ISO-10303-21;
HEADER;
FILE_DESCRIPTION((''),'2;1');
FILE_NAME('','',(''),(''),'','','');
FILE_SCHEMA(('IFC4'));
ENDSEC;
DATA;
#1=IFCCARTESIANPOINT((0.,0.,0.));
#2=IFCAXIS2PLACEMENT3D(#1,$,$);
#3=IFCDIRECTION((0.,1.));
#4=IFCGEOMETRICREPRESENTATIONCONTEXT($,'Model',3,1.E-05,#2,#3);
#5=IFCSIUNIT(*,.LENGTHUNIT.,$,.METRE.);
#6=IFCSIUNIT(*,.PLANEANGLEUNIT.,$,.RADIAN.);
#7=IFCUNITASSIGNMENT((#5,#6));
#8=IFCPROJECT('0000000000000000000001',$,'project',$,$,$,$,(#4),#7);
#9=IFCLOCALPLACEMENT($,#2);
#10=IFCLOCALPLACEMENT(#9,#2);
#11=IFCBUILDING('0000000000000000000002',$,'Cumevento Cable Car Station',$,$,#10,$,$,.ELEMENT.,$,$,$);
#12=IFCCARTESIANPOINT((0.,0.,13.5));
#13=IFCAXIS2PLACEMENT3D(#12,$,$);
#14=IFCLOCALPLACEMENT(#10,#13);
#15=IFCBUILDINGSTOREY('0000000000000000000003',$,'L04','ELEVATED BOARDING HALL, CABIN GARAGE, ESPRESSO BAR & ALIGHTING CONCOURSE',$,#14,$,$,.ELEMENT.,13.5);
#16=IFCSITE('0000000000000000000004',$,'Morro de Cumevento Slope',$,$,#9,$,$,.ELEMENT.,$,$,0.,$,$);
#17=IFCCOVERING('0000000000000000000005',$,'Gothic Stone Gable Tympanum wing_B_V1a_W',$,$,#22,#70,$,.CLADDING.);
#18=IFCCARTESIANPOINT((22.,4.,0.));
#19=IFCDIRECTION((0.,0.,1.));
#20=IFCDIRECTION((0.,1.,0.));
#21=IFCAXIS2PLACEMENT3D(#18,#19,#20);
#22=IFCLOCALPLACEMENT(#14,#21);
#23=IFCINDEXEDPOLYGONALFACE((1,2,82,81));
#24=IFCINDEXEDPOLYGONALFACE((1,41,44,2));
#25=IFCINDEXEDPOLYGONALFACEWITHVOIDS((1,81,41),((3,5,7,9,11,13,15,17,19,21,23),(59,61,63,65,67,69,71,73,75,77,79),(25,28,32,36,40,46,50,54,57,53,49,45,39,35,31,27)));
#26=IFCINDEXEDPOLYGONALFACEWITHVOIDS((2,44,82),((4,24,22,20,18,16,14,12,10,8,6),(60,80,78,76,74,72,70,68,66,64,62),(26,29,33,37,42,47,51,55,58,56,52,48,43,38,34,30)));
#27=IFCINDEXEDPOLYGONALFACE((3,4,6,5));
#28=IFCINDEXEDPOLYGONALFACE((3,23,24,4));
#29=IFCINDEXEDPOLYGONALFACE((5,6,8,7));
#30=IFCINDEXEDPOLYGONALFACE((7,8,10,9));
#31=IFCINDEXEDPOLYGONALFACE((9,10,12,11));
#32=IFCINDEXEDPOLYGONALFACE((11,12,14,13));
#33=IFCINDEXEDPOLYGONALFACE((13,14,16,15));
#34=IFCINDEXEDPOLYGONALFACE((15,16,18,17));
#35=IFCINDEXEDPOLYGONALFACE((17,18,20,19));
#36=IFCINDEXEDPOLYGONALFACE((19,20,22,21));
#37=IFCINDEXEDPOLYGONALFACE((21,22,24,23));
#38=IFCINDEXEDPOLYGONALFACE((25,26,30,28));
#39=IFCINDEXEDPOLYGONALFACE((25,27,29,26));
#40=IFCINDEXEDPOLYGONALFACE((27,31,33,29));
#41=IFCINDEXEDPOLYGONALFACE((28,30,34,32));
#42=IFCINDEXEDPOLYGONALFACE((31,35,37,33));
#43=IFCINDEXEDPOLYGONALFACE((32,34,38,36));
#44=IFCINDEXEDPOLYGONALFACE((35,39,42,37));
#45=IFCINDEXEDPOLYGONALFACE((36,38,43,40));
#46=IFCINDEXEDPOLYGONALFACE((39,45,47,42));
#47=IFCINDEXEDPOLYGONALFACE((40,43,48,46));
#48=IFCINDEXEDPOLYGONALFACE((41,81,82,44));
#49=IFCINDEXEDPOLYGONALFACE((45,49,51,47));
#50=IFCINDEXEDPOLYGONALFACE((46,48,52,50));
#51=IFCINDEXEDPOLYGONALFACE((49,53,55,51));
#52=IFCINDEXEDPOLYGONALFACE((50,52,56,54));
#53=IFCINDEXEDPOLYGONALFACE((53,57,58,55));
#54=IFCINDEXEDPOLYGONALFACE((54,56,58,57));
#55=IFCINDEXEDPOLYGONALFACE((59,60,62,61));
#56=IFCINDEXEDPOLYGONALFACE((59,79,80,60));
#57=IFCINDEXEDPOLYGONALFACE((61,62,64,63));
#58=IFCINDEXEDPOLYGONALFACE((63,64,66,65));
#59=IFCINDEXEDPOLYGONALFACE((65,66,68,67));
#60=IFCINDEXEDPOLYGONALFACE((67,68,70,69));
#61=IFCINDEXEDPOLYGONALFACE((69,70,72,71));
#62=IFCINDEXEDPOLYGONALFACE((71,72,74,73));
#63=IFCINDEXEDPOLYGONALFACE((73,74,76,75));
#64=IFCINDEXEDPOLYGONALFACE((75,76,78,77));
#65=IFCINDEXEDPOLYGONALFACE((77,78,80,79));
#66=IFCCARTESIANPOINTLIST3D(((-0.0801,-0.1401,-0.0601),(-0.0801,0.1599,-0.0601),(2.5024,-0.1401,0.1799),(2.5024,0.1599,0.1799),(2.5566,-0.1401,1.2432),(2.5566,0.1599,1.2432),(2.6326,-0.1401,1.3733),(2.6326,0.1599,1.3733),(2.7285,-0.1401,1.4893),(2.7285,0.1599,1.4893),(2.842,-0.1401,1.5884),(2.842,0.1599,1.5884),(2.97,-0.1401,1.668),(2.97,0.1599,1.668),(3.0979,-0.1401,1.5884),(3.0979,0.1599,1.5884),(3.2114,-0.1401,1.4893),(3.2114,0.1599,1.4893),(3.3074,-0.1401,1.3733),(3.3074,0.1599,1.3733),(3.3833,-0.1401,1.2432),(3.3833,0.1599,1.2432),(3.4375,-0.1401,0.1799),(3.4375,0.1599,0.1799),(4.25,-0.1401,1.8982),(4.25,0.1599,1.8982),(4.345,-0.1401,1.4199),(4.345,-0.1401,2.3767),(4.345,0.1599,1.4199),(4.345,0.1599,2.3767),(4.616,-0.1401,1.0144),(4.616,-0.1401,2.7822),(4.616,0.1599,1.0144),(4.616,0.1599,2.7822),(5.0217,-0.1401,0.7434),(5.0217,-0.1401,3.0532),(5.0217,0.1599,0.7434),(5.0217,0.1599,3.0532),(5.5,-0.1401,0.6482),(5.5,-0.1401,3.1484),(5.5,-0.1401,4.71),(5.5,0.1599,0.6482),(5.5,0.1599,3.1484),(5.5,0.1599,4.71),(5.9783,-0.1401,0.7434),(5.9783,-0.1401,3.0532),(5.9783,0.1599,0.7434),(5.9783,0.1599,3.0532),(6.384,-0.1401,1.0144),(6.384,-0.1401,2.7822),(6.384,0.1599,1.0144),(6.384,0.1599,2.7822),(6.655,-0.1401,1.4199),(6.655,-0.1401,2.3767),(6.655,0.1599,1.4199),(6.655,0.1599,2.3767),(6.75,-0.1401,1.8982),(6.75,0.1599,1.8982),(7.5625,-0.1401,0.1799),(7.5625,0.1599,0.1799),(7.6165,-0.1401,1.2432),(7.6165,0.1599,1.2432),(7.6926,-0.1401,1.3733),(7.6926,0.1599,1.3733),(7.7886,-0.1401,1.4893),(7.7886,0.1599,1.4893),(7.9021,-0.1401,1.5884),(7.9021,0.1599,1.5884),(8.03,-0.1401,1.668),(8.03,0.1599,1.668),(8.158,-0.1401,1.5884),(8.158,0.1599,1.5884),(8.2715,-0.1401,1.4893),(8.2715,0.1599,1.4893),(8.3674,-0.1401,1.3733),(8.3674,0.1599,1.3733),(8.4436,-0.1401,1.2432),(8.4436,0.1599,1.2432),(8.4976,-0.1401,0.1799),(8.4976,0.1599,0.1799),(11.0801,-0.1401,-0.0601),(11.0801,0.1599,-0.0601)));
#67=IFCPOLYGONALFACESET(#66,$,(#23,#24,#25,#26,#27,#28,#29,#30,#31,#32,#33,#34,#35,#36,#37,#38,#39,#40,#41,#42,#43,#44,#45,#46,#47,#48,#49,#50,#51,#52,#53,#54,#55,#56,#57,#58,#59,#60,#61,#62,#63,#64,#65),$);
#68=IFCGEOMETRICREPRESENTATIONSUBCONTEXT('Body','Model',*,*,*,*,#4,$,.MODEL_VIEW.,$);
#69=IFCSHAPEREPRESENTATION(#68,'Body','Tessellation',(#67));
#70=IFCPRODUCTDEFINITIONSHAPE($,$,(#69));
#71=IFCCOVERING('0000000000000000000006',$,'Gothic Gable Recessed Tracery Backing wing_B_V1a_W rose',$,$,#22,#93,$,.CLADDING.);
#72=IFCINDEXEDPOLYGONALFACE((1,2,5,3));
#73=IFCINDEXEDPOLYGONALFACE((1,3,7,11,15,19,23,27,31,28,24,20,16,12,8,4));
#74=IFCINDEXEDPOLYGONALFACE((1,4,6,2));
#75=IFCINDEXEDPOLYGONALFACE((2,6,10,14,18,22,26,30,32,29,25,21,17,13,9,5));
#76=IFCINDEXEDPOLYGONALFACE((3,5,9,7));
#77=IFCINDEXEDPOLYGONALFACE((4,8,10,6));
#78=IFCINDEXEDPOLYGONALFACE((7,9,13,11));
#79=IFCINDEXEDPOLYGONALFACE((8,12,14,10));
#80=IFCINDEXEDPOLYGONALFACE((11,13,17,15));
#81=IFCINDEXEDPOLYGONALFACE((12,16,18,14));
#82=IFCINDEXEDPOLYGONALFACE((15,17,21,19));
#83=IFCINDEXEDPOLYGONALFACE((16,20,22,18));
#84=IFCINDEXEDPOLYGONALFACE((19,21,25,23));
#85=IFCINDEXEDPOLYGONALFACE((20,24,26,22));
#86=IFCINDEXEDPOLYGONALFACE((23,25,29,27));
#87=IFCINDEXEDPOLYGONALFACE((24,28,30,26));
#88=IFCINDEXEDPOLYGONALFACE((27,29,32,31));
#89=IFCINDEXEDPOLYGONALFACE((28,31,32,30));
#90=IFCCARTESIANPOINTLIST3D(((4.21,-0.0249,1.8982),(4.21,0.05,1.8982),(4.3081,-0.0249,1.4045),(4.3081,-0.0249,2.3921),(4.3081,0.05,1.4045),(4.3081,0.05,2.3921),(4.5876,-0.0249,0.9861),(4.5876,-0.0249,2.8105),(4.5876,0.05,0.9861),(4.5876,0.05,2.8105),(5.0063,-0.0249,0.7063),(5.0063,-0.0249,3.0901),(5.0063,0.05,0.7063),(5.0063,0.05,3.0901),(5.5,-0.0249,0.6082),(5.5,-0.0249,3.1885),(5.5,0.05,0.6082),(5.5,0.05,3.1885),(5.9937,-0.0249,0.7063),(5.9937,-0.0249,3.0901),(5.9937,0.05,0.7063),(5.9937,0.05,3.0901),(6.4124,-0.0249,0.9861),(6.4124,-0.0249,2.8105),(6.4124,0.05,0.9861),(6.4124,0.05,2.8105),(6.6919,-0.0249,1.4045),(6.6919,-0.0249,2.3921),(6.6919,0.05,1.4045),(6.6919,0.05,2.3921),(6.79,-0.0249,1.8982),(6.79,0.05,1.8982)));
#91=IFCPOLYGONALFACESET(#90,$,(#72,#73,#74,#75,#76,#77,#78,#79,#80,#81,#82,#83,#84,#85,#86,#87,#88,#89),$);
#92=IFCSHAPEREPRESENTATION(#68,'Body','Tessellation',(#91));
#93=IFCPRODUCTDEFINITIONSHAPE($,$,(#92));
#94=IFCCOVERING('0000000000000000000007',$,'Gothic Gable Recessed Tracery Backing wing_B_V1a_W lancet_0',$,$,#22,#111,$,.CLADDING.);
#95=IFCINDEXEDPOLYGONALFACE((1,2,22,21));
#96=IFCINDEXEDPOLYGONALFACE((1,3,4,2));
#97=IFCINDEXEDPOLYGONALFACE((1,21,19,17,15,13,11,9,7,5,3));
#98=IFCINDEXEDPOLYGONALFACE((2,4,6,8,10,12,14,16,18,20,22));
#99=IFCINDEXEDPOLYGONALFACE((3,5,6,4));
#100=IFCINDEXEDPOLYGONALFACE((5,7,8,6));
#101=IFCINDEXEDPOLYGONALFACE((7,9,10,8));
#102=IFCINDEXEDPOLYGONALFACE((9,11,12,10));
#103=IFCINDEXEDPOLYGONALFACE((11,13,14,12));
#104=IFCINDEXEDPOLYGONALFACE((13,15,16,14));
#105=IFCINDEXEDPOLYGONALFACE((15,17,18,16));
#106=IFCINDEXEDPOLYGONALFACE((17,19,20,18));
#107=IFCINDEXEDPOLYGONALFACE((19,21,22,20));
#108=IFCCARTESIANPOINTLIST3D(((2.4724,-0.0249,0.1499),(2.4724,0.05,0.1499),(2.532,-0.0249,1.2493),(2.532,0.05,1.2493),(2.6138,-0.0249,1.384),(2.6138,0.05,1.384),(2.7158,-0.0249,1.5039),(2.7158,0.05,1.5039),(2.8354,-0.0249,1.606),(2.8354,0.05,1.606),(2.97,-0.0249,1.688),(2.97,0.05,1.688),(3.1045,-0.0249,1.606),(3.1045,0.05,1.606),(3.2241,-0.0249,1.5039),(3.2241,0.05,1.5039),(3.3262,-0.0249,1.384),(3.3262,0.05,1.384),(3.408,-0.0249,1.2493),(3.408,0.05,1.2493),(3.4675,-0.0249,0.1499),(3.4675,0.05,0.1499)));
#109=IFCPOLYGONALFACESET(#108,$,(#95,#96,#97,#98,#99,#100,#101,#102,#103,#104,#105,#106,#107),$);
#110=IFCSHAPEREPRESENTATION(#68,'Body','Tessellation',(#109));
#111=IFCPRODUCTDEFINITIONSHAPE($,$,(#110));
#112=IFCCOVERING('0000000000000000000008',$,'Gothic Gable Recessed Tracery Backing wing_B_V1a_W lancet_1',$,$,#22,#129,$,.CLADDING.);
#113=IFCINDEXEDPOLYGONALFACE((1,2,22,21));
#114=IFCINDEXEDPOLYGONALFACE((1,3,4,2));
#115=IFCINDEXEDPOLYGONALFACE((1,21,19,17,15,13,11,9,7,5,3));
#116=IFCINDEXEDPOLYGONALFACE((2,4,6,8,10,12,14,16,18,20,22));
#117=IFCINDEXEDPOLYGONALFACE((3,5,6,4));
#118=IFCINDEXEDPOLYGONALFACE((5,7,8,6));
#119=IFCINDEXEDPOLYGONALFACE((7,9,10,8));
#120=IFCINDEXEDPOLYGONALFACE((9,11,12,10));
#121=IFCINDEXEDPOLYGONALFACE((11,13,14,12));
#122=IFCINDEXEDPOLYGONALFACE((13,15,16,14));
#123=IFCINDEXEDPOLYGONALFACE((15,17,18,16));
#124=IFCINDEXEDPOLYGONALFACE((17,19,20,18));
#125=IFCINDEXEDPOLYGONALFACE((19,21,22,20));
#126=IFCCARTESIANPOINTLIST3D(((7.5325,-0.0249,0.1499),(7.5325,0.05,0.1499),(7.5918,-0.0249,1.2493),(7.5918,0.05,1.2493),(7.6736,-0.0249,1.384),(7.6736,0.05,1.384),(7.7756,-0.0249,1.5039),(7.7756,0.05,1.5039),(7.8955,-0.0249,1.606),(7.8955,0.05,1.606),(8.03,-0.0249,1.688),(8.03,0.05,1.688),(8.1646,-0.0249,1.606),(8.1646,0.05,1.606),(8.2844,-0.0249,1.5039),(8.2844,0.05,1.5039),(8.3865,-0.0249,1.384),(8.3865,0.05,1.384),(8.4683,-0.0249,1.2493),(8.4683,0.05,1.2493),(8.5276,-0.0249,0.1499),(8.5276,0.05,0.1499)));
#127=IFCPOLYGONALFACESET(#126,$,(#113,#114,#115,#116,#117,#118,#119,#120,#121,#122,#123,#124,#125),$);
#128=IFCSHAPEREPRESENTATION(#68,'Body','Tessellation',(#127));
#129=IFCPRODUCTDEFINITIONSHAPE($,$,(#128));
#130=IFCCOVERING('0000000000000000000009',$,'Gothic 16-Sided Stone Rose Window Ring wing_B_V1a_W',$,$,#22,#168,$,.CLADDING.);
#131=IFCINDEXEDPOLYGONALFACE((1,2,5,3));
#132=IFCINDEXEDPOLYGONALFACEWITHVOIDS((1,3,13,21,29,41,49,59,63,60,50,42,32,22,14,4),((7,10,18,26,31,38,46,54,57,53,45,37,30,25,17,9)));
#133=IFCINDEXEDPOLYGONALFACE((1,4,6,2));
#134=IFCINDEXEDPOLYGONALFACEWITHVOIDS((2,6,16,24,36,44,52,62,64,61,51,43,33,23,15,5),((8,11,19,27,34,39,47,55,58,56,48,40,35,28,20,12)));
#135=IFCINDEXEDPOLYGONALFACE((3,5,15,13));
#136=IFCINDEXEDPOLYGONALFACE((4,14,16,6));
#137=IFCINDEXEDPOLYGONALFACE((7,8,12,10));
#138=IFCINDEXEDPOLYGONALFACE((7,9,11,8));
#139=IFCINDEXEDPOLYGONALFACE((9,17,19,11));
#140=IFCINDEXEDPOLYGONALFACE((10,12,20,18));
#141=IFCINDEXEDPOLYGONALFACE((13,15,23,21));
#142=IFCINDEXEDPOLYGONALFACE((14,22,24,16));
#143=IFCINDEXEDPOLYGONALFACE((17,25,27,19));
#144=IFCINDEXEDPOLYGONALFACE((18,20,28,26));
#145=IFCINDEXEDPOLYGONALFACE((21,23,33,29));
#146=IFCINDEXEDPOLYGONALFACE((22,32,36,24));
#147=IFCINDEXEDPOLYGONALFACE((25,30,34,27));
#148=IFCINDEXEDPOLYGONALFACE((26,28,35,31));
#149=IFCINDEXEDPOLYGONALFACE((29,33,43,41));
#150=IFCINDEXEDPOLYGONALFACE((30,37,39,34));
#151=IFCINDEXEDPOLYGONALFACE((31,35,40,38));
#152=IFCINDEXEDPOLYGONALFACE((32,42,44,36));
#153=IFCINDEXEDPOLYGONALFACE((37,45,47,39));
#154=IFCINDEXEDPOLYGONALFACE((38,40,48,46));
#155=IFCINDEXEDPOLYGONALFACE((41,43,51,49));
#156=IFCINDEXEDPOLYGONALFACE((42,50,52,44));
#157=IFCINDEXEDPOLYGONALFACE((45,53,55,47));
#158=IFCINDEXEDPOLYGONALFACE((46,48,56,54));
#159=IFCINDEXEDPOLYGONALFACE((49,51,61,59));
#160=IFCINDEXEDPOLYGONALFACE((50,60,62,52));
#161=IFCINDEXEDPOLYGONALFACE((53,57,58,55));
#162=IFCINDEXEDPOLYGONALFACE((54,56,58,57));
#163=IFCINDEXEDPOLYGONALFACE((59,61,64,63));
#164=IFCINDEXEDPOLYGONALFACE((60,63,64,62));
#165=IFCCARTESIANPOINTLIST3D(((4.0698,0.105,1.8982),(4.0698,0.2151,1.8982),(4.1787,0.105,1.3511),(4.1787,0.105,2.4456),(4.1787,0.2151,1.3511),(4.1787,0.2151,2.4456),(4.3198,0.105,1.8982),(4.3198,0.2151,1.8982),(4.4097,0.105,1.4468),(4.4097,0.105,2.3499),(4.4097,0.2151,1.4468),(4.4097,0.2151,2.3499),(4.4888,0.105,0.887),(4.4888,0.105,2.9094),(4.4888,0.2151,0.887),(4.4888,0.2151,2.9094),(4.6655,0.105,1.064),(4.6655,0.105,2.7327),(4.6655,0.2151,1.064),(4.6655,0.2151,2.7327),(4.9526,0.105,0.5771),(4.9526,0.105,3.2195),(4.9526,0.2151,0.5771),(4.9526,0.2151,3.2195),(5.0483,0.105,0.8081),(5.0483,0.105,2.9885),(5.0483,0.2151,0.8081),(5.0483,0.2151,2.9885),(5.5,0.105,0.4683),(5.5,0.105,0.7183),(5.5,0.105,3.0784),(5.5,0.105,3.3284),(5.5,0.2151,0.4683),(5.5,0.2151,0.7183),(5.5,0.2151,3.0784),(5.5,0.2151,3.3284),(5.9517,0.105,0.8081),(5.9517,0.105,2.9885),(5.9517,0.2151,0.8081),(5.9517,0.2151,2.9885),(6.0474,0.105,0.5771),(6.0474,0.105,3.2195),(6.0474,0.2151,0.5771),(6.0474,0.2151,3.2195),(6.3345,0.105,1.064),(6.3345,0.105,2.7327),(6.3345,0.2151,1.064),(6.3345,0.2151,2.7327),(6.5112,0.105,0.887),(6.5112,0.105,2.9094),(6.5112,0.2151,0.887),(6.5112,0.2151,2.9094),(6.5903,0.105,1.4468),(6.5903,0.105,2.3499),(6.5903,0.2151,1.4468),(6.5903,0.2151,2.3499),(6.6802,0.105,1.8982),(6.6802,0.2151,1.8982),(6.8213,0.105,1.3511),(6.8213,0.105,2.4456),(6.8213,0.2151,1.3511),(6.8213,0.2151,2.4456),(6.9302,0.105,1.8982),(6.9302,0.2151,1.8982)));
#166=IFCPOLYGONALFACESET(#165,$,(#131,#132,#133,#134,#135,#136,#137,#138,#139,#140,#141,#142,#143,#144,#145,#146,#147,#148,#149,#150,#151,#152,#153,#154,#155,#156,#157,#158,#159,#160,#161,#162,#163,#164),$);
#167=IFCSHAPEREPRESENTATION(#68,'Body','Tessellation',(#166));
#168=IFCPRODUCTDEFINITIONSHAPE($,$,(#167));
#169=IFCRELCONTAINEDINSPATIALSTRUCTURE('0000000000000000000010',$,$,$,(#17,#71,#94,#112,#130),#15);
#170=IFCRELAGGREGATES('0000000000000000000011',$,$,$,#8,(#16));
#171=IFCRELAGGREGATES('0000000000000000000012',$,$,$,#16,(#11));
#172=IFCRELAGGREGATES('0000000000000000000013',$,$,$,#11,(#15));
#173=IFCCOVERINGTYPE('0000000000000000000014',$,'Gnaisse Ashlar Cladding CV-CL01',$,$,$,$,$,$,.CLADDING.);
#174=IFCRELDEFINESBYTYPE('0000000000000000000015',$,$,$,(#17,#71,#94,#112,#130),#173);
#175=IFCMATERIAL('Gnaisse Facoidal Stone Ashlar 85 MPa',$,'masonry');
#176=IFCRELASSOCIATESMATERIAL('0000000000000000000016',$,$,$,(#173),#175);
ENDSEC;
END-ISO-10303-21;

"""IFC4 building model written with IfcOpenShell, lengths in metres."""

from ifc_helpers import new_model, si_unit, direction, frame, origin, place, context, subcontext, project, spatial, polyline, outline, extrude, material, type_object, element, save


model = new_model("IFC4")

# Units and contexts
model_context = context("Model", 3, precision=1e-05, world=origin(), true_north=direction((0.0, 1.0)))
body_context = subcontext(model_context, "Body", "Model", "MODEL_VIEW")
ifc_project = project(units=[si_unit("LENGTHUNIT", "METRE"), si_unit("PLANEANGLEUNIT", "RADIAN")], contexts=[model_context])

# Site, building, storey
site_placement = place(None, origin())
site = spatial("IfcSite", under=ifc_project, at=site_placement, Name="Morro de Cumevento Slope", CompositionType="ELEMENT", RefElevation=0.0)
building_placement = place(site_placement, origin())
building = spatial("IfcBuilding", under=site, at=building_placement, Name="Cumevento Cable Car Station", CompositionType="ELEMENT")
storey_placement = place(building_placement, frame((0.0, 0.0, 13.5)))
storey = spatial("IfcBuildingStorey", under=building, at=storey_placement, Name="L04", Description="ELEVATED BOARDING HALL, CABIN GARAGE, ESPRESSO BAR & ALIGHTING CONCOURSE", CompositionType="ELEMENT", Elevation=13.5)

# Coverings
ifc_material_1 = material(Name="Gnaisse Facoidal Stone Ashlar 85 MPa", Category="masonry")
covering_type = type_object("IfcCoveringType", Name="Gnaisse Ashlar Cladding CV-CL01", PredefinedType="CLADDING", material=ifc_material_1)
placement_1 = place(storey_placement, frame((22.0, 4.0, 0.0), z_axis=(0.0, 0.0, 1.0), x_axis=(0.0, 1.0, 0.0)))
element("IfcCovering", 1, at=placement_1, inside=storey, type_object=covering_type, Name="Gothic Stone Gable Tympanum wing_B_V1a_W", PredefinedType="CLADDING", context=body_context, shape_type="SweptSolid", body=[
    extrude(outline(polyline([(-0.0801, -0.0601), (11.0801, -0.0601), (5.5, 4.71), (-0.0801, -0.0601)]), holes=[polyline([(6.75, 1.8982), (6.655, 2.3767), (6.384, 2.7822), (5.9783, 3.0532), (5.5, 3.1484), (5.0217, 3.0532), (4.616, 2.7822), (4.345, 2.3767), (4.25, 1.8982), (4.345, 1.4199), (4.616, 1.0144), (5.0217, 0.7434), (5.5, 0.6482), (5.9783, 0.7434), (6.384, 1.0144), (6.655, 1.4199), (6.75, 1.8982)]), polyline([(2.5024, 0.1799), (3.4375, 0.1799), (3.3833, 1.2432), (3.3074, 1.3733), (3.2114, 1.4893), (3.0979, 1.5884), (2.97, 1.668), (2.842, 1.5884), (2.7285, 1.4893), (2.6326, 1.3733), (2.5566, 1.2432), (2.5024, 0.1799)]), polyline([(7.5625, 0.1799), (8.4976, 0.1799), (8.4436, 1.2432), (8.3674, 1.3733), (8.2715, 1.4893), (8.158, 1.5884), (8.03, 1.668), (7.9021, 1.5884), (7.7886, 1.4893), (7.6926, 1.3733), (7.6165, 1.2432), (7.5625, 0.1799)])]), frame((0.0, 0.1599, 0.0), z_axis=(0.0, -1.0, 0.0), x_axis=(1.0, 0.0, 0.0)), (0.0, 0.0, 1.0), 0.3),
])
element("IfcCovering", 2, at=placement_1, inside=storey, type_object=covering_type, Name="Gothic Gable Recessed Tracery Backing wing_B_V1a_W rose", PredefinedType="CLADDING", context=body_context, shape_type="SweptSolid", body=[
    extrude(outline(polyline([(6.79, 1.8982), (6.6919, 2.3921), (6.4124, 2.8105), (5.9937, 3.0901), (5.5, 3.1885), (5.0063, 3.0901), (4.5876, 2.8105), (4.3081, 2.3921), (4.21, 1.8982), (4.3081, 1.4045), (4.5876, 0.9861), (5.0063, 0.7063), (5.5, 0.6082), (5.9937, 0.7063), (6.4124, 0.9861), (6.6919, 1.4045), (6.79, 1.8982)])), frame((0.0, 0.05, 0.0), z_axis=(0.0, -1.0, 0.0), x_axis=(1.0, 0.0, 0.0)), (0.0, 0.0, 1.0), 0.075),
])
element("IfcCovering", 3, at=placement_1, inside=storey, type_object=covering_type, Name="Gothic Gable Recessed Tracery Backing wing_B_V1a_W lancet_0", PredefinedType="CLADDING", context=body_context, shape_type="SweptSolid", body=[
    extrude(outline(polyline([(2.4724, 0.1499), (3.4675, 0.1499), (3.408, 1.2493), (3.3262, 1.384), (3.2241, 1.5039), (3.1045, 1.606), (2.97, 1.688), (2.8354, 1.606), (2.7158, 1.5039), (2.6138, 1.384), (2.532, 1.2493), (2.4724, 0.1499)])), frame((0.0, 0.05, 0.0), z_axis=(0.0, -1.0, 0.0), x_axis=(1.0, 0.0, 0.0)), (0.0, 0.0, 1.0), 0.075),
])
element("IfcCovering", 4, at=placement_1, inside=storey, type_object=covering_type, Name="Gothic Gable Recessed Tracery Backing wing_B_V1a_W lancet_1", PredefinedType="CLADDING", context=body_context, shape_type="SweptSolid", body=[
    extrude(outline(polyline([(7.5325, 0.1499), (8.5276, 0.1499), (8.4683, 1.2493), (8.3865, 1.384), (8.2844, 1.5039), (8.1646, 1.606), (8.03, 1.688), (7.8955, 1.606), (7.7756, 1.5039), (7.6736, 1.384), (7.5918, 1.2493), (7.5325, 0.1499)])), frame((0.0, 0.05, 0.0), z_axis=(0.0, -1.0, 0.0), x_axis=(1.0, 0.0, 0.0)), (0.0, 0.0, 1.0), 0.075),
])
element("IfcCovering", 5, at=placement_1, inside=storey, type_object=covering_type, Name="Gothic 16-Sided Stone Rose Window Ring wing_B_V1a_W", PredefinedType="CLADDING", context=body_context, shape_type="SweptSolid", body=[
    extrude(outline(polyline([(6.9302, 1.8982), (6.8213, 2.4456), (6.5112, 2.9094), (6.0474, 3.2195), (5.5, 3.3284), (4.9526, 3.2195), (4.4888, 2.9094), (4.1787, 2.4456), (4.0698, 1.8982), (4.1787, 1.3511), (4.4888, 0.887), (4.9526, 0.5771), (5.5, 0.4683), (6.0474, 0.5771), (6.5112, 0.887), (6.8213, 1.3511), (6.9302, 1.8982)]), holes=[polyline([(6.6802, 1.8982), (6.5903, 2.3499), (6.3345, 2.7327), (5.9517, 2.9885), (5.5, 3.0784), (5.0483, 2.9885), (4.6655, 2.7327), (4.4097, 2.3499), (4.3198, 1.8982), (4.4097, 1.4468), (4.6655, 1.064), (5.0483, 0.8081), (5.5, 0.7183), (5.9517, 0.8081), (6.3345, 1.064), (6.5903, 1.4468), (6.6802, 1.8982)])]), frame((0.0, 0.2151, 0.0), z_axis=(0.0, -1.0, 0.0), x_axis=(1.0, 0.0, 0.0)), (0.0, 0.0, 1.0), 0.1101),
])

save(model, "model.ifc")
